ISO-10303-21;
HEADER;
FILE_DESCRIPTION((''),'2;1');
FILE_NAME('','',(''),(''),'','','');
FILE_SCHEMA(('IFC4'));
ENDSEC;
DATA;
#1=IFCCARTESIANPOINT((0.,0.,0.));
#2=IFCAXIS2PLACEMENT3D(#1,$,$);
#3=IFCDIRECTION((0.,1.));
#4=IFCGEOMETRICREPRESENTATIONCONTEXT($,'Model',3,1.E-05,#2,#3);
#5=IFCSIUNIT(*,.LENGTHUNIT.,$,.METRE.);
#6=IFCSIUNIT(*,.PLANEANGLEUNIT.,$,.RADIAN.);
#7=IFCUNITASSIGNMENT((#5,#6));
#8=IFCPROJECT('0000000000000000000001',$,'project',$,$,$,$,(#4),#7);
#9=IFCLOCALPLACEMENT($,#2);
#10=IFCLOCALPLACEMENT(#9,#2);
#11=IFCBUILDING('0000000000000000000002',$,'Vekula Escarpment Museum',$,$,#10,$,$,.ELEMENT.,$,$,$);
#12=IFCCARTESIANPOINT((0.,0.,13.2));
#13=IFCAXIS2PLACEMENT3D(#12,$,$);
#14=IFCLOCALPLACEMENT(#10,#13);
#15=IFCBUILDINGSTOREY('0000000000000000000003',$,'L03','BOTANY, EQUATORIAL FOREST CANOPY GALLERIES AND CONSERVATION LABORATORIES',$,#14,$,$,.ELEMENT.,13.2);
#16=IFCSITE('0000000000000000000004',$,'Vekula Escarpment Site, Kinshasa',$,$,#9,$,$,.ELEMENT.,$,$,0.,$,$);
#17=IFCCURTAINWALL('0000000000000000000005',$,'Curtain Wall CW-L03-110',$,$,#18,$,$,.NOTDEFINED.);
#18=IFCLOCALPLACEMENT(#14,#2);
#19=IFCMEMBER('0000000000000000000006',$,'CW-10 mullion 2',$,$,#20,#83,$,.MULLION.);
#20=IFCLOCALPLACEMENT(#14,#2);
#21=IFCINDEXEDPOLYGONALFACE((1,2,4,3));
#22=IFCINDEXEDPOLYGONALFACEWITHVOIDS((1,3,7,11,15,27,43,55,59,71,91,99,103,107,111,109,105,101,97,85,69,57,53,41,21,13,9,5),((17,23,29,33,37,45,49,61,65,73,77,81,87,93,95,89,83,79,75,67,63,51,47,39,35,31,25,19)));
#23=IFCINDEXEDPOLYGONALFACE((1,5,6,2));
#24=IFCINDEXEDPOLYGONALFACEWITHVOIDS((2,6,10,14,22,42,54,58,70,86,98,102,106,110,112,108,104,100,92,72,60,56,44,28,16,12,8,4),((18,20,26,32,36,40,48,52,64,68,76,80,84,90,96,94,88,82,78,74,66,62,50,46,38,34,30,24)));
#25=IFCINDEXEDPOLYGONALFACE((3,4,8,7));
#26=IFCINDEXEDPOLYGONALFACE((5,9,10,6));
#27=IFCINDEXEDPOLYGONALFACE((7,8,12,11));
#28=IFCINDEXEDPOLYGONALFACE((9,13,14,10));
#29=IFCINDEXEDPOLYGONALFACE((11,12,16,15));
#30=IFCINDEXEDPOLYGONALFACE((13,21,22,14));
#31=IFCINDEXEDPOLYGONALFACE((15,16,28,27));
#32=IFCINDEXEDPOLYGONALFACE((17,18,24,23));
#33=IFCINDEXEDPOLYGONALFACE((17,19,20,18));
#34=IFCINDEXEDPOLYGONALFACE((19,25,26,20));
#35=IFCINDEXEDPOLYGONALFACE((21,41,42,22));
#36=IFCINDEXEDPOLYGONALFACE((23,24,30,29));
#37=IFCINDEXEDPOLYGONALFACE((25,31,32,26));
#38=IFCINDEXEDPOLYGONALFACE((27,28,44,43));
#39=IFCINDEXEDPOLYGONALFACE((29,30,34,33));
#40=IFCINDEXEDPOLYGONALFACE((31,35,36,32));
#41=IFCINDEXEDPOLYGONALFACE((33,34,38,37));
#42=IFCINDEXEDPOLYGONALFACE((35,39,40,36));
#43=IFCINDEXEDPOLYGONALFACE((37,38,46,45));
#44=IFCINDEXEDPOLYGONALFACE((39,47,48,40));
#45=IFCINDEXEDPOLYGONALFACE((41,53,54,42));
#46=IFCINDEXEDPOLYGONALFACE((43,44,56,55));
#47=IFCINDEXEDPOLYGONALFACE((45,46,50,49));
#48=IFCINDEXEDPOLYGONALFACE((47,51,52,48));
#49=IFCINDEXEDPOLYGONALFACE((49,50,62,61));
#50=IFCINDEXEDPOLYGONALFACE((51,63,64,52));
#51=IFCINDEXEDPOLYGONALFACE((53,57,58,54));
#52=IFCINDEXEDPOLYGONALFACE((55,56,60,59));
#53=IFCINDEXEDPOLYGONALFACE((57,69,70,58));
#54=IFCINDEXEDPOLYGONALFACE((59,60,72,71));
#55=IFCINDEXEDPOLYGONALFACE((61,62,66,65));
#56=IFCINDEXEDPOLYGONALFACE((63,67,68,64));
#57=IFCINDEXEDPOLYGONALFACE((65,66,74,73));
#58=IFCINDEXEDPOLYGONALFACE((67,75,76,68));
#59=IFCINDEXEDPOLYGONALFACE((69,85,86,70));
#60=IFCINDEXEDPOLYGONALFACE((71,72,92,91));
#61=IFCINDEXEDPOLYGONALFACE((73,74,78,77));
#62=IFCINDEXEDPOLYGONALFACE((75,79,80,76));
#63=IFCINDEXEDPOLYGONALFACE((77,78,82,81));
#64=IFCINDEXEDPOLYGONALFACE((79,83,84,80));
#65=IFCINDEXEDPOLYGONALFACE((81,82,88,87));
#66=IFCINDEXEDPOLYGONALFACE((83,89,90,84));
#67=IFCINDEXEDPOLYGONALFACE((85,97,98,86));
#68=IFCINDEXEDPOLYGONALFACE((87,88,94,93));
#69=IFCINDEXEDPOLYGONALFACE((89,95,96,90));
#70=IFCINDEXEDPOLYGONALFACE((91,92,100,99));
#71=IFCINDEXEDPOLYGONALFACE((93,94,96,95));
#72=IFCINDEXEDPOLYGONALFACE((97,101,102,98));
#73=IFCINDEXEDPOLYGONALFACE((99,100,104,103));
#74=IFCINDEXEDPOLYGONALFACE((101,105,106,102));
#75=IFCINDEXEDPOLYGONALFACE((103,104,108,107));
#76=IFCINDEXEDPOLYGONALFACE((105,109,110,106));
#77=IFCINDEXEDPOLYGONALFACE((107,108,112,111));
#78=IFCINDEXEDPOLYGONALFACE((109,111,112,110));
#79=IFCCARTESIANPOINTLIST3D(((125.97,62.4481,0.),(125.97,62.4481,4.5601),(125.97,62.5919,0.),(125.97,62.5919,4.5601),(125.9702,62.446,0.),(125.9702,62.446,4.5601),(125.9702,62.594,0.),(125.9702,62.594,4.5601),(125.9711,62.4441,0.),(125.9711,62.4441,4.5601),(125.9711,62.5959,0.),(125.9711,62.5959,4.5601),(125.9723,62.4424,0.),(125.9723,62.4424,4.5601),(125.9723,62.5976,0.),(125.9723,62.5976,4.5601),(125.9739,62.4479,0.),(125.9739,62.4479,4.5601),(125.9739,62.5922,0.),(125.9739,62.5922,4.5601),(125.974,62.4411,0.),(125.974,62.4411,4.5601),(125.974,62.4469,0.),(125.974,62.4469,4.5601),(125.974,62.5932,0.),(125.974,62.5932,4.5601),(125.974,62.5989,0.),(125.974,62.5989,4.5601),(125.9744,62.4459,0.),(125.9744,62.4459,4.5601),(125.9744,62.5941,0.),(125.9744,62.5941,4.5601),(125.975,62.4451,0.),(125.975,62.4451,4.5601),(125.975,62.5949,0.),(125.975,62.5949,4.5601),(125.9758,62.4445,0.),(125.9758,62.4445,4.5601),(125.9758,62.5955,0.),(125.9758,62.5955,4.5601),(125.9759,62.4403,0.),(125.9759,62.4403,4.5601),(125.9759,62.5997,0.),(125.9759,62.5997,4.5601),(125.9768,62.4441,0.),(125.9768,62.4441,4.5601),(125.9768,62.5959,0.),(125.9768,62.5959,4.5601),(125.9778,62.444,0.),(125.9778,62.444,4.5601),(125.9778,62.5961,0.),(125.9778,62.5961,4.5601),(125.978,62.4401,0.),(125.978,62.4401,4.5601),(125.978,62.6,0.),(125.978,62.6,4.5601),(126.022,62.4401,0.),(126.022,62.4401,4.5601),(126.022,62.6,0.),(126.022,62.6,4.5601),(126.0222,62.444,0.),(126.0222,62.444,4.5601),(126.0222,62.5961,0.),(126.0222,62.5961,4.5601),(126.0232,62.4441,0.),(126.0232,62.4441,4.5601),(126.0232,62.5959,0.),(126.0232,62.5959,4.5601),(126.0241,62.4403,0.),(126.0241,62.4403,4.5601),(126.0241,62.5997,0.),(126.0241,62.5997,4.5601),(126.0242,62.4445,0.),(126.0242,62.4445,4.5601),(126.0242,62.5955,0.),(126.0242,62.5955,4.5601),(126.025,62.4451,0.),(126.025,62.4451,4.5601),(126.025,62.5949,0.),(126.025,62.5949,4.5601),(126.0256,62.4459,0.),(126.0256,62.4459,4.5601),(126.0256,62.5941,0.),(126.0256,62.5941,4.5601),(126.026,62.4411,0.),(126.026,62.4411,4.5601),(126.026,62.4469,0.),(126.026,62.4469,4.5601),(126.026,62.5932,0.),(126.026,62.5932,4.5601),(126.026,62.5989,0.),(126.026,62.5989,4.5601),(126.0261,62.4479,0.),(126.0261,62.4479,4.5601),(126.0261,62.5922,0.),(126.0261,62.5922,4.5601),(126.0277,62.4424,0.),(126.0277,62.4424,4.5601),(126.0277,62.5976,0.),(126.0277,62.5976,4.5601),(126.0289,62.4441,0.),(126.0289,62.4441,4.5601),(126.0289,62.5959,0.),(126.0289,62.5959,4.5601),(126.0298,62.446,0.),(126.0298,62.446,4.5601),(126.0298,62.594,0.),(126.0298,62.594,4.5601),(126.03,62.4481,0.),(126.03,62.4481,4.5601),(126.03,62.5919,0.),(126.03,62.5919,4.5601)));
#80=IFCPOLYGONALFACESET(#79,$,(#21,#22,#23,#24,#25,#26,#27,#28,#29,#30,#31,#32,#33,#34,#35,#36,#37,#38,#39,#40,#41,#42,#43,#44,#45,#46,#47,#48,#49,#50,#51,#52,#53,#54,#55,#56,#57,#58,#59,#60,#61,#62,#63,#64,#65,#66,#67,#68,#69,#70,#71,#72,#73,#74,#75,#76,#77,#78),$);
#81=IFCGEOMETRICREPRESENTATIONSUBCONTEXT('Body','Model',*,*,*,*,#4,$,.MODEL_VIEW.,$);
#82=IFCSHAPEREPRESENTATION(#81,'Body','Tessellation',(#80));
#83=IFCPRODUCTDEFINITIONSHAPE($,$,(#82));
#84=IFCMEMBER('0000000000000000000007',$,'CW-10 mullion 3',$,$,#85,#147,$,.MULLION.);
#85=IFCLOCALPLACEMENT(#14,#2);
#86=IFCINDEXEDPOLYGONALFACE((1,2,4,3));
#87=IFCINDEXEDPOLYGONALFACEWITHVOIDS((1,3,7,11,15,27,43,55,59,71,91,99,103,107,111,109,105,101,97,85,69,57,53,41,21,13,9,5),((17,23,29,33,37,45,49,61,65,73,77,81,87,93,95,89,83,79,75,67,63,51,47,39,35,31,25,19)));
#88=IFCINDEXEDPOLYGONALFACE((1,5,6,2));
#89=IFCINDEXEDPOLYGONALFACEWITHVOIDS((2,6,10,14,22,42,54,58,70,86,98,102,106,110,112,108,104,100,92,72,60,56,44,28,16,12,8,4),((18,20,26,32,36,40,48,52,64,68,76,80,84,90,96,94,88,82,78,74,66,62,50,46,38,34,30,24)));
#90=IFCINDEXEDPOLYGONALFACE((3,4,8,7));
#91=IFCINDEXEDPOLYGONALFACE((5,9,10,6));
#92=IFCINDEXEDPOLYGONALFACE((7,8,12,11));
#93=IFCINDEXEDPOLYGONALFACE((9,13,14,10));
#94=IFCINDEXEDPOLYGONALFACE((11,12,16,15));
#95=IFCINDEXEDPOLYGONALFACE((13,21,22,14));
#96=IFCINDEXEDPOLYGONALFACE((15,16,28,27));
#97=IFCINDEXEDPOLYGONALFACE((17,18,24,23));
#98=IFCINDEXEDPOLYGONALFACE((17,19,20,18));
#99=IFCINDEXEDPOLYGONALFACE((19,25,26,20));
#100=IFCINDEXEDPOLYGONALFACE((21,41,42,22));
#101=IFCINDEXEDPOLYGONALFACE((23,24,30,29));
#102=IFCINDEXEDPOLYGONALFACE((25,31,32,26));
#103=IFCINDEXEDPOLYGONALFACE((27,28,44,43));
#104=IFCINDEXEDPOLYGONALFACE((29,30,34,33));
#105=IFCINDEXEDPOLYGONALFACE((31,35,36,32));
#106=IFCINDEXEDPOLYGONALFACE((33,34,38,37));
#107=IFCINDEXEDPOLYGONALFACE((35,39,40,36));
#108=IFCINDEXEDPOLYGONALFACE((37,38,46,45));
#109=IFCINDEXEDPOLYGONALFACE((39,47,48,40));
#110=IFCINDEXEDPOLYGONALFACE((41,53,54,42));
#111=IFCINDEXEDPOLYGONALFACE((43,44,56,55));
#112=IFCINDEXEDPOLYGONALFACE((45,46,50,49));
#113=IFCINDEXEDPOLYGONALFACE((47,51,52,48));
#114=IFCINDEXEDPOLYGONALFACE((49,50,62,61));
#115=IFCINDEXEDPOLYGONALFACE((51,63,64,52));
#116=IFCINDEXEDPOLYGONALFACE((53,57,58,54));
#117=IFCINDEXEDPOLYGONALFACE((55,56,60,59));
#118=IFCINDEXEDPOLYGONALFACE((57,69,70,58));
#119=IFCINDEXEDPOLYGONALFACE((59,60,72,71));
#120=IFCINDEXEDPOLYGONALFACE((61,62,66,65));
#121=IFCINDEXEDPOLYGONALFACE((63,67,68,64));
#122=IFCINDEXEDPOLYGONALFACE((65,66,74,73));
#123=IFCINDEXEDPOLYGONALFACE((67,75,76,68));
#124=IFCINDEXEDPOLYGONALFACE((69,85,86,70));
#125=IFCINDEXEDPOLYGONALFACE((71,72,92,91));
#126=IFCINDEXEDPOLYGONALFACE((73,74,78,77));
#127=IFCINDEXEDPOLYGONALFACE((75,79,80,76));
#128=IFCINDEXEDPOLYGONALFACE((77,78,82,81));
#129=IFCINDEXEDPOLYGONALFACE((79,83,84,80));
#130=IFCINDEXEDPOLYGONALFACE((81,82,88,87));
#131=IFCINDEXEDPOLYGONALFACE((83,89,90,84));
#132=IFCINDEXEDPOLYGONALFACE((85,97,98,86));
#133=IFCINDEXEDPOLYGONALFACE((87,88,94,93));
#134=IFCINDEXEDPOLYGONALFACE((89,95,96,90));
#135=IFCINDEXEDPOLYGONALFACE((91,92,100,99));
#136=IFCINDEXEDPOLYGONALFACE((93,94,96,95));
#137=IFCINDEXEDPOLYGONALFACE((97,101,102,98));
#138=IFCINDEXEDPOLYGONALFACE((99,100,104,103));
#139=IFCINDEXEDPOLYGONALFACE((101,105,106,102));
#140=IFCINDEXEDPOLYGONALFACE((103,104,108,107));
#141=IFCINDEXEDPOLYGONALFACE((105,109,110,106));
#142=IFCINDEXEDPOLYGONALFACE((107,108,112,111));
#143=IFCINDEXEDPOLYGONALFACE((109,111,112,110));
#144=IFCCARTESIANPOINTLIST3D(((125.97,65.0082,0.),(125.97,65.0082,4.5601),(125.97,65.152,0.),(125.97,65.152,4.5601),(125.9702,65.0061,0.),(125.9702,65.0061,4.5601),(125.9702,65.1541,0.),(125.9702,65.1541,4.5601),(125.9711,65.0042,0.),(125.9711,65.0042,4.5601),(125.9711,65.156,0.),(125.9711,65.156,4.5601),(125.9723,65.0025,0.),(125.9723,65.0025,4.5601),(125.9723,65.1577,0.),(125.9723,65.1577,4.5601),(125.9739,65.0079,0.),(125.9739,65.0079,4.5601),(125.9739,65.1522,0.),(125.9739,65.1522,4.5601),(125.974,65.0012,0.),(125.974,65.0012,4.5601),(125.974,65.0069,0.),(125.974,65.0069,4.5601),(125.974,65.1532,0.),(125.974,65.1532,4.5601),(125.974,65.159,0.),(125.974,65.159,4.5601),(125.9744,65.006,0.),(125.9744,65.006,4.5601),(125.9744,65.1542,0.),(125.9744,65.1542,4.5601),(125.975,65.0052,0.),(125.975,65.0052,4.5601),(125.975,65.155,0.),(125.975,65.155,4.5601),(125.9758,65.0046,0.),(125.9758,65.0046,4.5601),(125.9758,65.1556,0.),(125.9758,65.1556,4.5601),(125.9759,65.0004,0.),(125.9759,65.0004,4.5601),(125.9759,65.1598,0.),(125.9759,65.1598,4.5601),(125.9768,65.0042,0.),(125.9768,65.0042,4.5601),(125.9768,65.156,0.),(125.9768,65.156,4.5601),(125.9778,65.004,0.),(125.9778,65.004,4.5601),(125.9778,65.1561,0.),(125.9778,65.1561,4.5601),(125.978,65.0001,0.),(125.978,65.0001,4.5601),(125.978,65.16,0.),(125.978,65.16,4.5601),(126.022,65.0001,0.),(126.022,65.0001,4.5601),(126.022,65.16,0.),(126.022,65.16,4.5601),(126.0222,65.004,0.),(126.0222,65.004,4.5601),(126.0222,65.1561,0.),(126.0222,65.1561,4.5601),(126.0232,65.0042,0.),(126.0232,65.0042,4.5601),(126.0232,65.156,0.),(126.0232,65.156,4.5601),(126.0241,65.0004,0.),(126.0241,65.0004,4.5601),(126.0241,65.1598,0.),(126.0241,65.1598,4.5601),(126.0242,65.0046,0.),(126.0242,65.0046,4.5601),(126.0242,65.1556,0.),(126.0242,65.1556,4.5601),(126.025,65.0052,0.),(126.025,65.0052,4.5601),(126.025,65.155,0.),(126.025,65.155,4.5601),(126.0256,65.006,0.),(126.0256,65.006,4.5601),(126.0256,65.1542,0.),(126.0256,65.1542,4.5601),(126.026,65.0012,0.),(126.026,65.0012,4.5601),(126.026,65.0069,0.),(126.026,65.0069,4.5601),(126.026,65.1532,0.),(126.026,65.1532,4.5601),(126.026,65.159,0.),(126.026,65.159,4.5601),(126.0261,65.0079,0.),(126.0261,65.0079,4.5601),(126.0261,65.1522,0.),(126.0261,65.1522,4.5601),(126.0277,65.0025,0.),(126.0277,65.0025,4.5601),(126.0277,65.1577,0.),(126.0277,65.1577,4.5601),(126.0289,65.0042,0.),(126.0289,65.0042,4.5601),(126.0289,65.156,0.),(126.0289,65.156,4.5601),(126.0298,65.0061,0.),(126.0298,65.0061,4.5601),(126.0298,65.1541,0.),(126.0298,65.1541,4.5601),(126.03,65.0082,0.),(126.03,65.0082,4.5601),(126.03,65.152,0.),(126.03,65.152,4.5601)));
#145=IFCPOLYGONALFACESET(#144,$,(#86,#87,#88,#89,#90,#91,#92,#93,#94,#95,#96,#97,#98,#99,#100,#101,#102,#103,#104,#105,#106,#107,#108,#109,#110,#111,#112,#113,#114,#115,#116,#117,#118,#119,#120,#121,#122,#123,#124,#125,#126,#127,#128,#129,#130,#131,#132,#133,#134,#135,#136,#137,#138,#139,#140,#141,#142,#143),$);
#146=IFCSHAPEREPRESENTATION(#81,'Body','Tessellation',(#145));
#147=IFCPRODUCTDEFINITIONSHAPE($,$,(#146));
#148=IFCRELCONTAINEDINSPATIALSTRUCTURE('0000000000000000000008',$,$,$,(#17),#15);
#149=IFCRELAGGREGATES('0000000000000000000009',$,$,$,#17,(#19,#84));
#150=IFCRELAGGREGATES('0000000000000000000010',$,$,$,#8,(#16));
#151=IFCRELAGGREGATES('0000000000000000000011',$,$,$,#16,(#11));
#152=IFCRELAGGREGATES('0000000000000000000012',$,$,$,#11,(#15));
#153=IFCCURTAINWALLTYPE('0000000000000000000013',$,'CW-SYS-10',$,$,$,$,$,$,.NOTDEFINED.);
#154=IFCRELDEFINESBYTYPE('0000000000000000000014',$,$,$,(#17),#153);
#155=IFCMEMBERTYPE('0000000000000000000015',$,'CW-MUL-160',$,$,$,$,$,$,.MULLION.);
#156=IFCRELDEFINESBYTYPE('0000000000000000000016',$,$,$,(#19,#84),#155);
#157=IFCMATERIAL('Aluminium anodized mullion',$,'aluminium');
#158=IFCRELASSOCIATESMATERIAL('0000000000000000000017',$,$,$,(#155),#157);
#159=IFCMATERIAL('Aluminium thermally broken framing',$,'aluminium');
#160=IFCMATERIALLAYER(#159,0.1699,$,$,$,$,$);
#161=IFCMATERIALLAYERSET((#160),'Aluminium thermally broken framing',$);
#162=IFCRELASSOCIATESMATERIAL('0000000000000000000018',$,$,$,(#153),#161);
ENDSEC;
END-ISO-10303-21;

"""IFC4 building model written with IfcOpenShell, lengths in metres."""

from ifc_helpers import new_model, si_unit, direction, frame, origin, origin_2d, place, context, subcontext, project, spatial, hollow_rectangle, extrude, material, layer, layer_set, material_profile, profile_set, type_object, element, aggregate, save


model = new_model("IFC4")

# Units and contexts
model_context = context("Model", 3, precision=1e-05, world=origin(), true_north=direction((0.0, 1.0)))
body_context = subcontext(model_context, "Body", "Model", "MODEL_VIEW")
ifc_project = project(units=[si_unit("LENGTHUNIT", "METRE"), si_unit("PLANEANGLEUNIT", "RADIAN")], contexts=[model_context])

# Site, building, storey
site_placement = place(None, origin())
site = spatial("IfcSite", under=ifc_project, at=site_placement, Name="Vekula Escarpment Site, Kinshasa", CompositionType="ELEMENT", RefElevation=0.0)
building_placement = place(site_placement, origin())
building = spatial("IfcBuilding", under=site, at=building_placement, Name="Vekula Escarpment Museum", CompositionType="ELEMENT")
storey_placement = place(building_placement, frame((0.0, 0.0, 13.2)))
storey = spatial("IfcBuildingStorey", under=building, at=storey_placement, Name="L03", Description="BOTANY, EQUATORIAL FOREST CANOPY GALLERIES AND CONSERVATION LABORATORIES", CompositionType="ELEMENT", Elevation=13.2)

# Shared definitions
ifc_material_1 = material(Name="Aluminium anodized mullion", Category="aluminium")
ifc_material_profile_1 = material_profile(ifc_material_1, hollow_rectangle(XDim=0.0601, YDim=0.1599, WallThickness=0.0039, InnerFilletRadius=0.0039, OuterFilletRadius=0.0081, at=origin_2d()), Name="ALU 160x60x4")
ifc_profile_set_1 = profile_set([ifc_material_profile_1], Name="Aluminium anodized mullion")
member_type_1 = type_object("IfcMemberType", Name="CW-MUL-160", PredefinedType="MULLION", material=ifc_profile_set_1)

# Curtain wall, members
ifc_material_2 = material(Name="Aluminium thermally broken framing", Category="aluminium")
ifc_layer_1 = layer(ifc_material_2, 0.1699)
ifc_layer_set_1 = layer_set([ifc_layer_1], Name="Aluminium thermally broken framing")
curtain_wall_type_1 = type_object("IfcCurtainWallType", Name="CW-SYS-10", PredefinedType="NOTDEFINED", material=ifc_layer_set_1)
curtain_wall_1_placement = place(storey_placement, origin())
curtain_wall_1 = element("IfcCurtainWall", 1, at=curtain_wall_1_placement, inside=storey, type_object=curtain_wall_type_1, Name="Curtain Wall CW-L03-110", PredefinedType="NOTDEFINED")
member_1_placement = place(storey_placement, frame((126.0, 62.52, 0.0), z_axis=(0.0, 0.0, 1.0), x_axis=(-1.0, 0.0, 0.0)))
member_1 = element("IfcMember", 2, at=member_1_placement, type_object=member_type_1, Name="CW-10 mullion 2", PredefinedType="MULLION", context=body_context, shape_type="SweptSolid", body=[
    extrude(hollow_rectangle(XDim=0.0601, YDim=0.1599, WallThickness=0.0039, InnerFilletRadius=0.0039, OuterFilletRadius=0.0081, at=origin_2d()), origin(), (0.0, 0.0, 1.0), 4.5601),
])
member_2_placement = place(storey_placement, frame((126.0, 65.0801, 0.0), z_axis=(0.0, 0.0, 1.0), x_axis=(-1.0, 0.0, 0.0)))
member_2 = element("IfcMember", 3, at=member_2_placement, type_object=member_type_1, Name="CW-10 mullion 3", PredefinedType="MULLION", context=body_context, shape_type="SweptSolid", body=[
    extrude(hollow_rectangle(XDim=0.0601, YDim=0.1599, WallThickness=0.0039, InnerFilletRadius=0.0039, OuterFilletRadius=0.0081, at=origin_2d()), origin(), (0.0, 0.0, 1.0), 4.5601),
])

aggregate(curtain_wall_1, [member_1, member_2])

save(model, "model.ifc")
